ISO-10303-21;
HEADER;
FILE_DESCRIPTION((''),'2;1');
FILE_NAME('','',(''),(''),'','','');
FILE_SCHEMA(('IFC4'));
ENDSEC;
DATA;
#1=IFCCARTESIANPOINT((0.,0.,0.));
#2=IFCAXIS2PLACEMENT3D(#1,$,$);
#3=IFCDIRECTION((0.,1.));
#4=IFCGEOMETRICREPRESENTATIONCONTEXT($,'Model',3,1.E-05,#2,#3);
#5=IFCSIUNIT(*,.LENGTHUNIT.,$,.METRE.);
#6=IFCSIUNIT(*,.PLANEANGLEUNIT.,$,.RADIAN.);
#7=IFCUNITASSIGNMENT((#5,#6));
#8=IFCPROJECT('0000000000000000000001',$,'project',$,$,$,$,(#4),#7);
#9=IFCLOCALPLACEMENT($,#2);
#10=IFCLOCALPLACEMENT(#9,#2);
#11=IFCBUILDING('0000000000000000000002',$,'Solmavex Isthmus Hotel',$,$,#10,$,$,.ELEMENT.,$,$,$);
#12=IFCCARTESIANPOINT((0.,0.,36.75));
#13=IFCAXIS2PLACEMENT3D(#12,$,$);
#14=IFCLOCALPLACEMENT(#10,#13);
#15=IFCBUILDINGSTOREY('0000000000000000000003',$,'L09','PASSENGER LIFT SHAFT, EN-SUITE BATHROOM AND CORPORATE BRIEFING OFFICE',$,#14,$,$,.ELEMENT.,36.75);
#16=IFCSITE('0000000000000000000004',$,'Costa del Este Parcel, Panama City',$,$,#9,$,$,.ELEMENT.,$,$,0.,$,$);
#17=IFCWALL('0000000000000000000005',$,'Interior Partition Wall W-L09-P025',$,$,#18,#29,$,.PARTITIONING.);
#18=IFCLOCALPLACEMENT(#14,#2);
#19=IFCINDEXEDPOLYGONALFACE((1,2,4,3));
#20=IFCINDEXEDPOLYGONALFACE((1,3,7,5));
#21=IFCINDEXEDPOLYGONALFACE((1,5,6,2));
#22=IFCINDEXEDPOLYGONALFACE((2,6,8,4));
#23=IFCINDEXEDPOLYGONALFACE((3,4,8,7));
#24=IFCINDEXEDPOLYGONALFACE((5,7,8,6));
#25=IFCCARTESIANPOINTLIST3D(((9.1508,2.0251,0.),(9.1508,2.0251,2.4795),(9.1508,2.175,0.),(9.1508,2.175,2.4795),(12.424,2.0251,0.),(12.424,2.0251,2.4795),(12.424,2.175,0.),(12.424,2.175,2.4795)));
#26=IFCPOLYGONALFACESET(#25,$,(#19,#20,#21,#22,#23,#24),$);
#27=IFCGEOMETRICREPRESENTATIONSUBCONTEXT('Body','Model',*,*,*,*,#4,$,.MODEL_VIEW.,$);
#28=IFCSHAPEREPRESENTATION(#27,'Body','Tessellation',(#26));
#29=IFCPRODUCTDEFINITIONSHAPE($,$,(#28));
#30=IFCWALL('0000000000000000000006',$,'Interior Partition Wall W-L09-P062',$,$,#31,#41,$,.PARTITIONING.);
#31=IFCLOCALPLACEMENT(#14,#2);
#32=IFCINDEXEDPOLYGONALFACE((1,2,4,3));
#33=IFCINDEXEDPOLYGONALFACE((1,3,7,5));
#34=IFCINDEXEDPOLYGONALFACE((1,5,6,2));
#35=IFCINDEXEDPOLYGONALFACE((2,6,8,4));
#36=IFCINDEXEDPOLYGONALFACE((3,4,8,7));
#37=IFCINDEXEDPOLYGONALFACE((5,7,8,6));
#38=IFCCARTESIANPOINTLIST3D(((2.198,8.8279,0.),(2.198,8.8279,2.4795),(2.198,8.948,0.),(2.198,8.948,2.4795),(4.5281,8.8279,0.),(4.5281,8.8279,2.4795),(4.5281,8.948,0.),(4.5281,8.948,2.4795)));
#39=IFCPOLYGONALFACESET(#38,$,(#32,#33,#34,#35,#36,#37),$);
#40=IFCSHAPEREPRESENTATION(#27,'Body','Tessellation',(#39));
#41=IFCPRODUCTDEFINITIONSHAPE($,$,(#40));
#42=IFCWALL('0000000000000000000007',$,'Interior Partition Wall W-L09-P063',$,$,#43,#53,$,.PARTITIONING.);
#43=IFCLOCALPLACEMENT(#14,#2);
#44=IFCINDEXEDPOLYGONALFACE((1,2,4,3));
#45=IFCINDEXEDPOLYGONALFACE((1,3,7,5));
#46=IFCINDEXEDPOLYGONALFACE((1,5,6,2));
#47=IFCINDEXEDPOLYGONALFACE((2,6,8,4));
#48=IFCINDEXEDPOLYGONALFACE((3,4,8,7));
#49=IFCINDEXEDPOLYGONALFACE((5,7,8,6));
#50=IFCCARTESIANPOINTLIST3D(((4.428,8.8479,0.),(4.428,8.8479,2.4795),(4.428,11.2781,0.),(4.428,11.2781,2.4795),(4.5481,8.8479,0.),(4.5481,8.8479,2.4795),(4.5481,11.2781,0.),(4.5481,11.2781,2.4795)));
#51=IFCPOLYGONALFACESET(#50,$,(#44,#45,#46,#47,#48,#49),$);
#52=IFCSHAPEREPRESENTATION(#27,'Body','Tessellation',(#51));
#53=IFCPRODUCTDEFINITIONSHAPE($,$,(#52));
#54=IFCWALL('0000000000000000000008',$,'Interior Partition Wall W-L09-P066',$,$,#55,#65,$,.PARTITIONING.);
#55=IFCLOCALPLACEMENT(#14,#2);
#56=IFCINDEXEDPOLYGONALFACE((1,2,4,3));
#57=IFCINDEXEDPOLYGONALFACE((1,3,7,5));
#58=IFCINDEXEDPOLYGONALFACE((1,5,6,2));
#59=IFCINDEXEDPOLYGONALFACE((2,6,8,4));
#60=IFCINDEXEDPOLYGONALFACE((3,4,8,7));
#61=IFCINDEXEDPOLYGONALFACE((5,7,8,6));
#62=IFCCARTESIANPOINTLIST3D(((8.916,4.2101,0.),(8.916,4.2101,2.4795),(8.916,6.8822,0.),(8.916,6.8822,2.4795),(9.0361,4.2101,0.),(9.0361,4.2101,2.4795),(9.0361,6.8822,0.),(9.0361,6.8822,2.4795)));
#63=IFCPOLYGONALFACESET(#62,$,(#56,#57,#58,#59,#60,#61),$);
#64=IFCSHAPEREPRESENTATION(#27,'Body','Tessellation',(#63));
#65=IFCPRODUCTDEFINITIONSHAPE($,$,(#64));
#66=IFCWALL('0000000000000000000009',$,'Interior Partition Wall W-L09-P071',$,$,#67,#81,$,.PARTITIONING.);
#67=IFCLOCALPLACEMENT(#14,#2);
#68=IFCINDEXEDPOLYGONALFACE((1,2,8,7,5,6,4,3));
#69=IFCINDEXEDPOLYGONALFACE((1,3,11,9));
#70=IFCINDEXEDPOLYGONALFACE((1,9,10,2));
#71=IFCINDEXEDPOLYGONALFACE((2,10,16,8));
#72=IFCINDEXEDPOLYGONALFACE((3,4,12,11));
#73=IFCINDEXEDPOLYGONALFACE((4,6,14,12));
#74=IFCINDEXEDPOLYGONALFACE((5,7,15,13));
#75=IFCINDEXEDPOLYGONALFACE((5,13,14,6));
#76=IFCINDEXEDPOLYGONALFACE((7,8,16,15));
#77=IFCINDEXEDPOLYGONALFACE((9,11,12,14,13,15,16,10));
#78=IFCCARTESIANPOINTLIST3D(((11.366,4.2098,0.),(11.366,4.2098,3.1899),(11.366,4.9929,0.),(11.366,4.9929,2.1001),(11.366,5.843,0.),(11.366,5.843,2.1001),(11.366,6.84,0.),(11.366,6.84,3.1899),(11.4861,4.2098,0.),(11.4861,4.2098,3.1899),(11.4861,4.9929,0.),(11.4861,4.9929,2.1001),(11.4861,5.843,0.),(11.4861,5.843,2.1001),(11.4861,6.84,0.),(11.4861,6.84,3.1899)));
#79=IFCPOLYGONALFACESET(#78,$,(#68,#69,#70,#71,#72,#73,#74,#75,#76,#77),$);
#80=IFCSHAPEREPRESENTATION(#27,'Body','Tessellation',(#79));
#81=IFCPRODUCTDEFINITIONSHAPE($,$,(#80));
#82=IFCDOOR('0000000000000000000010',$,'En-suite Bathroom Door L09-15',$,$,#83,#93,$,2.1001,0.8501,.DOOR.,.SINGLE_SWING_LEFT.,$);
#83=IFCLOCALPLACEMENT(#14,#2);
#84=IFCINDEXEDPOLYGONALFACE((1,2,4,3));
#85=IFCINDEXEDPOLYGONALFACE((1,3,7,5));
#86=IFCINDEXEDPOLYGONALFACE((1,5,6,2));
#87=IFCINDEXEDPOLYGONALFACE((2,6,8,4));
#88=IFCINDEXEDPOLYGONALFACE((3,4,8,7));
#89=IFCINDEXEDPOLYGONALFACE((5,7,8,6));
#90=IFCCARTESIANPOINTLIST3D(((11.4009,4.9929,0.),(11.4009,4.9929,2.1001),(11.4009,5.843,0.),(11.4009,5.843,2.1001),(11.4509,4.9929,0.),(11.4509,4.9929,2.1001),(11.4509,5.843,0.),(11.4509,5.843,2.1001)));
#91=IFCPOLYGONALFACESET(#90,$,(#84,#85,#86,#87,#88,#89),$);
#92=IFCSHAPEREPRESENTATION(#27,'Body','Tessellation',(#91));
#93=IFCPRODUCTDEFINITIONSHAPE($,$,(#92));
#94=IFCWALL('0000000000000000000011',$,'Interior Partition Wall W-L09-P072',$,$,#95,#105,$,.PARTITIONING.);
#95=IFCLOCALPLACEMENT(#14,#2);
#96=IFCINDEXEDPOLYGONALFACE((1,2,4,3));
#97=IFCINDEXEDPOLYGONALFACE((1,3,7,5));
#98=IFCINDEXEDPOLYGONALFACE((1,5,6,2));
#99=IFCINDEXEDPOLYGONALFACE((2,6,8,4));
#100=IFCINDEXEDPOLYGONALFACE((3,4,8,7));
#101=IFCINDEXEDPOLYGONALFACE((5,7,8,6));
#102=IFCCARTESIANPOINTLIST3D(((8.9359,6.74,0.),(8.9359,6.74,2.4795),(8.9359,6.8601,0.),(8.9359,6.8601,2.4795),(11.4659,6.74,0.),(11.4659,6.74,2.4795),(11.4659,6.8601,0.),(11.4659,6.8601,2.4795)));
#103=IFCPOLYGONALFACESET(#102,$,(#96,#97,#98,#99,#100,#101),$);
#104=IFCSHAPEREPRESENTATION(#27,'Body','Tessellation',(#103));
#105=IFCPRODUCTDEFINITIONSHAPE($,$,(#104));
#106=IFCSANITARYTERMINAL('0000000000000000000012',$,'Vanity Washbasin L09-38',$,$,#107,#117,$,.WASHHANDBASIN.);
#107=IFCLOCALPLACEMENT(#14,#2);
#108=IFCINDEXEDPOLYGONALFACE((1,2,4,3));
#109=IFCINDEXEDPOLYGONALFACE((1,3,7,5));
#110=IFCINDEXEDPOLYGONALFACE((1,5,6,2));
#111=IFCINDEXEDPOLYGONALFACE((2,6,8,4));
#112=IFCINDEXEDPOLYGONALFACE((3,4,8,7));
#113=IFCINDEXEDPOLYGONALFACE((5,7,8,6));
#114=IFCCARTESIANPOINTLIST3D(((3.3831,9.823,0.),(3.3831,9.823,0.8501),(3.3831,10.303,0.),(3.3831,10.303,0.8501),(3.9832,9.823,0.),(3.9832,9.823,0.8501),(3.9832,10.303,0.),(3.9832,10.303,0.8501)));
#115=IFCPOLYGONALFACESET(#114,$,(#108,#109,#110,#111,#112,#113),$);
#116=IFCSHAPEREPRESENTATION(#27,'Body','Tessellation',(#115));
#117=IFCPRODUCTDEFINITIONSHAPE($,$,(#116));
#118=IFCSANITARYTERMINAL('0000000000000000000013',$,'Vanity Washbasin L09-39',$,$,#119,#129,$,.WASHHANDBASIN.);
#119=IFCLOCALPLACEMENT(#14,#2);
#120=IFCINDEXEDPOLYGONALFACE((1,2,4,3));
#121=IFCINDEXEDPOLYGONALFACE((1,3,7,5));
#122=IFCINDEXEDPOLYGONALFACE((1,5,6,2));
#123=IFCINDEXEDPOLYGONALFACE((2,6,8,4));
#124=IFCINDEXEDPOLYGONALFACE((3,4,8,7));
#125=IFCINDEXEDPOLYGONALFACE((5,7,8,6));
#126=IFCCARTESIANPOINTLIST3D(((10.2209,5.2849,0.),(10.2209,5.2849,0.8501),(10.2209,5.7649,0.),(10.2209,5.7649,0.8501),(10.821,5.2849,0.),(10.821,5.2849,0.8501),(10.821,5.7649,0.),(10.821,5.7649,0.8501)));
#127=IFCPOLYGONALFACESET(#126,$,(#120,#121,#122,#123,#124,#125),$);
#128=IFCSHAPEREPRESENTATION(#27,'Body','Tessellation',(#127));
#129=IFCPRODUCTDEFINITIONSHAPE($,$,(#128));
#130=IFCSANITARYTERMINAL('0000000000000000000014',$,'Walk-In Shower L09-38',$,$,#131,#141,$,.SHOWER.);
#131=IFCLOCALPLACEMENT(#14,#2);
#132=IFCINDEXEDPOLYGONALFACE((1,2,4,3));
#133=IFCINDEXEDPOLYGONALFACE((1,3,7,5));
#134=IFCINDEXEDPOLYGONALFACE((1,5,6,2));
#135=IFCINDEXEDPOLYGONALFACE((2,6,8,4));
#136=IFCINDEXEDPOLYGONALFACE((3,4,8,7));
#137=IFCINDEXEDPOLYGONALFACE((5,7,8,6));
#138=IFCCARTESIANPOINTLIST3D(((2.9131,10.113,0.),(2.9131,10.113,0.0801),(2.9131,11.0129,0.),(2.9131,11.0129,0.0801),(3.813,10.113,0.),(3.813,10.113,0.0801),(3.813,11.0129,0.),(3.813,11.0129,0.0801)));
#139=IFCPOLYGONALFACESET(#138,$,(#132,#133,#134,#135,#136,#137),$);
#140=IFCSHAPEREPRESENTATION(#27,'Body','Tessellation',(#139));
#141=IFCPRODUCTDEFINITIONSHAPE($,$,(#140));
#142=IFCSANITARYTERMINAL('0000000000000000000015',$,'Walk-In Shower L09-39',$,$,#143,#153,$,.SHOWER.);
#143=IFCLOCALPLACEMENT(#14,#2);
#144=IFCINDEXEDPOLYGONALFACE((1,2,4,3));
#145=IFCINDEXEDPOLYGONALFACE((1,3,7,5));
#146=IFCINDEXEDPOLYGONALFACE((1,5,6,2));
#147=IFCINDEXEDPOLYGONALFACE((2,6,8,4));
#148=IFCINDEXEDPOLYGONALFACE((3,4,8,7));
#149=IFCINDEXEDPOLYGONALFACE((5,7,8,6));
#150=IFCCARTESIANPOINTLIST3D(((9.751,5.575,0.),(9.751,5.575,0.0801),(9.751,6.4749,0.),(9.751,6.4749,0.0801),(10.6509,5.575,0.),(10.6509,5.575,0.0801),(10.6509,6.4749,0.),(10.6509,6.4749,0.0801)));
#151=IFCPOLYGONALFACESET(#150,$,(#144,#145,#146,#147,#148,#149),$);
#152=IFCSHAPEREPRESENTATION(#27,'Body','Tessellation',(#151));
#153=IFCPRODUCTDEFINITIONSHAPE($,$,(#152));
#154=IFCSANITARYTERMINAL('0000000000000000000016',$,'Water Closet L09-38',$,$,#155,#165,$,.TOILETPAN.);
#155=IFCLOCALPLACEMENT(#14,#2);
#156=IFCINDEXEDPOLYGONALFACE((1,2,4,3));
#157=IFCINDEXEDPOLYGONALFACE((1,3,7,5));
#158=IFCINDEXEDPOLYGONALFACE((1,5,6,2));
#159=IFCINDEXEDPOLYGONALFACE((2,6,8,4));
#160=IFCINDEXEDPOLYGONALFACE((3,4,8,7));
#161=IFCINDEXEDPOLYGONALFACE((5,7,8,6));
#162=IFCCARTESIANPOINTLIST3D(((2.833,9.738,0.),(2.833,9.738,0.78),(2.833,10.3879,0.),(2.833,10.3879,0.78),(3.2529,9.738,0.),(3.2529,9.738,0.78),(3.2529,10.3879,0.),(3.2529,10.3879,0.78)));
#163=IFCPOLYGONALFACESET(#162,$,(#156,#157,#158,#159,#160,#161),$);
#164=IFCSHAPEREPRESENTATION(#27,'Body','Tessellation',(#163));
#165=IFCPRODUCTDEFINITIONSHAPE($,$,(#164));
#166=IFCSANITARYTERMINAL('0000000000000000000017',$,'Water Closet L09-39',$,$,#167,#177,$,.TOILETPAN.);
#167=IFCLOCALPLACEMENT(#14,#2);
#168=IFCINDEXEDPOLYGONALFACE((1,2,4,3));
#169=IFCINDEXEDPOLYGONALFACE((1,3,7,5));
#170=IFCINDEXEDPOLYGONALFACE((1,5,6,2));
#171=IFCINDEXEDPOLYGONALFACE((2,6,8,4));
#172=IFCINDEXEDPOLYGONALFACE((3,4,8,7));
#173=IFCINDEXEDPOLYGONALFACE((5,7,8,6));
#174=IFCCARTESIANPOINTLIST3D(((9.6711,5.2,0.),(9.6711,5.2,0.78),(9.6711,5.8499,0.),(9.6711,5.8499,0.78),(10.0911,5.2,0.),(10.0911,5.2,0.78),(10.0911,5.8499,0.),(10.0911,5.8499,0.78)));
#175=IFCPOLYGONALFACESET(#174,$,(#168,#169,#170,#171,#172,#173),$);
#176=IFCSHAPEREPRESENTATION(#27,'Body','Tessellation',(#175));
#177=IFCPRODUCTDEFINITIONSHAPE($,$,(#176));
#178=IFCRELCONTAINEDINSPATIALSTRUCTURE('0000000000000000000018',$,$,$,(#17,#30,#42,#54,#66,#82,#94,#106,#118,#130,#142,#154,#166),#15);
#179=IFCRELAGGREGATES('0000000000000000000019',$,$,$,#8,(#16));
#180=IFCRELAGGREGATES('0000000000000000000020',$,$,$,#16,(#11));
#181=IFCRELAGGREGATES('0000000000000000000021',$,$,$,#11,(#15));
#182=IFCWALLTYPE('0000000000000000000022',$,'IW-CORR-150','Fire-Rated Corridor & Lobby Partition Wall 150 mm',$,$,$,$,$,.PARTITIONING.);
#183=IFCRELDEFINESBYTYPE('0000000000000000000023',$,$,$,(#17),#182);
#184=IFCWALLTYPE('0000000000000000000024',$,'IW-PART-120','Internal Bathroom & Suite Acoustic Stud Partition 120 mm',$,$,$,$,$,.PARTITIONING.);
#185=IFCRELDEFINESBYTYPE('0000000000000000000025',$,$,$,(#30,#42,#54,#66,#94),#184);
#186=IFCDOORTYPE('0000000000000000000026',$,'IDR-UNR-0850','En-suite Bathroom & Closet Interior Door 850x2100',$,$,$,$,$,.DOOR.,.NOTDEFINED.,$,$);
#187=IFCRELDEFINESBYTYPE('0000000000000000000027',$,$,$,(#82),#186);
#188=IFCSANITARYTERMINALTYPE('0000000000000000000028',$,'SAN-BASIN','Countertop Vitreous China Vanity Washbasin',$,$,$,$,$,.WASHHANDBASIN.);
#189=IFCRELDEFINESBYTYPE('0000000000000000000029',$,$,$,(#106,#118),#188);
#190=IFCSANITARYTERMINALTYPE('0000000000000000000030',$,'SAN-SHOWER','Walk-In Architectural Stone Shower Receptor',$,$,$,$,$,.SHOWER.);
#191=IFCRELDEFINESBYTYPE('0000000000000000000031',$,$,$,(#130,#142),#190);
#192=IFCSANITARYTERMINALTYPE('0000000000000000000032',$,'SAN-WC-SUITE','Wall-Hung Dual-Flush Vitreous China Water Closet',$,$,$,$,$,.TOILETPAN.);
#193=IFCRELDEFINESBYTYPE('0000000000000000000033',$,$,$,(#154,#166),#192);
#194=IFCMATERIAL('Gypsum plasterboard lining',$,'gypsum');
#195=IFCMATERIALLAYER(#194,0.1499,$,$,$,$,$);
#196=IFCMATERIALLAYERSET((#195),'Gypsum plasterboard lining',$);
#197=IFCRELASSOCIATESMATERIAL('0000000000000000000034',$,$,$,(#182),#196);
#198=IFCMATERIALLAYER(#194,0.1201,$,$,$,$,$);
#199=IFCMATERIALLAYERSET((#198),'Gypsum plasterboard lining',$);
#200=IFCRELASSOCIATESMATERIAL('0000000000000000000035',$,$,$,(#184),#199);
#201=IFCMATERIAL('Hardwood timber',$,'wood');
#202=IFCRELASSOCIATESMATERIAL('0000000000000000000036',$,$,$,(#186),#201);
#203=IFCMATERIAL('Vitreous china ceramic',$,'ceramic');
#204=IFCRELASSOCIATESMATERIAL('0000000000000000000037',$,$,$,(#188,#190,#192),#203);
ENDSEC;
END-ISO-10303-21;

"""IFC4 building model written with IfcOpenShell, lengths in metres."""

from ifc_helpers import new_model, si_unit, direction, frame, frame_2d, origin, origin_2d, place, context, subcontext, project, spatial, rectangle, extrude, material, layer, layer_set, type_object, element, fill, save


model = new_model("IFC4")

# Units and contexts
model_context = context("Model", 3, precision=1e-05, world=origin(), true_north=direction((0.0, 1.0)))
body_context = subcontext(model_context, "Body", "Model", "MODEL_VIEW")
ifc_project = project(units=[si_unit("LENGTHUNIT", "METRE"), si_unit("PLANEANGLEUNIT", "RADIAN")], contexts=[model_context])

# Site, building, storey
site_placement = place(None, origin())
site = spatial("IfcSite", under=ifc_project, at=site_placement, Name="Costa del Este Parcel, Panama City", CompositionType="ELEMENT", RefElevation=0.0)
building_placement = place(site_placement, origin())
building = spatial("IfcBuilding", under=site, at=building_placement, Name="Solmavex Isthmus Hotel", CompositionType="ELEMENT")
storey_placement = place(building_placement, frame((0.0, 0.0, 36.75)))
storey = spatial("IfcBuildingStorey", under=building, at=storey_placement, Name="L09", Description="PASSENGER LIFT SHAFT, EN-SUITE BATHROOM AND CORPORATE BRIEFING OFFICE", CompositionType="ELEMENT", Elevation=36.75)

# Shared definitions
ifc_material_1 = material(Name="Gypsum plasterboard lining", Category="gypsum")

# Shared definitions
ifc_material_2 = material(Name="Hardwood timber", Category="wood")

# Shared definitions
ifc_layer_1 = layer(ifc_material_1, 0.1499)
ifc_layer_set_1 = layer_set([ifc_layer_1], Name="Gypsum plasterboard lining")
wall_type_1 = type_object("IfcWallType", Name="IW-CORR-150", Description="Fire-Rated Corridor & Lobby Partition Wall 150 mm", PredefinedType="PARTITIONING", material=ifc_layer_set_1)

# Wall
wall_1_placement = place(storey_placement, frame((12.4241, 2.1001, 0.0), z_axis=(0.0, 0.0, 1.0), x_axis=(-1.0, 0.0, 0.0)))
element("IfcWall", 1, at=wall_1_placement, inside=storey, type_object=wall_type_1, Name="Interior Partition Wall W-L09-P025", PredefinedType="PARTITIONING", context=body_context, shape_type="SweptSolid", body=[
    extrude(rectangle(XDim=3.2732, YDim=0.1499, at=frame_2d((1.6367, 0.0))), origin(), (0.0, 0.0, 1.0), 2.4795),
])

# Walls
ifc_layer_2 = layer(ifc_material_1, 0.1201)
ifc_layer_set_2 = layer_set([ifc_layer_2], Name="Gypsum plasterboard lining")
wall_type_2 = type_object("IfcWallType", Name="IW-PART-120", Description="Internal Bathroom & Suite Acoustic Stud Partition 120 mm", PredefinedType="PARTITIONING", material=ifc_layer_set_2)
wall_2_placement = place(storey_placement, frame((2.198, 8.8879, 0.0), z_axis=(0.0, 0.0, 1.0), x_axis=(1.0, 0.0, 0.0)))
element("IfcWall", 2, at=wall_2_placement, inside=storey, type_object=wall_type_2, Name="Interior Partition Wall W-L09-P062", PredefinedType="PARTITIONING", context=body_context, shape_type="SweptSolid", body=[
    extrude(rectangle(XDim=2.3301, YDim=0.1201, at=frame_2d((1.165, 0.0))), origin(), (0.0, 0.0, 1.0), 2.4795),
])
wall_3_placement = place(storey_placement, frame((4.488, 8.8479, 0.0), z_axis=(0.0, 0.0, 1.0), x_axis=(0.0, 1.0, 0.0)))
element("IfcWall", 3, at=wall_3_placement, inside=storey, type_object=wall_type_2, Name="Interior Partition Wall W-L09-P063", PredefinedType="PARTITIONING", context=body_context, shape_type="SweptSolid", body=[
    extrude(rectangle(XDim=2.4302, YDim=0.1201, at=frame_2d((1.2151, 0.0))), origin(), (0.0, 0.0, 1.0), 2.4795),
])
wall_4_placement = place(storey_placement, frame((8.9761, 6.8821, 0.0), z_axis=(0.0, 0.0, 1.0), x_axis=(0.0, -1.0, 0.0)))
element("IfcWall", 4, at=wall_4_placement, inside=storey, type_object=wall_type_2, Name="Interior Partition Wall W-L09-P066", PredefinedType="PARTITIONING", context=body_context, shape_type="SweptSolid", body=[
    extrude(rectangle(XDim=2.6721, YDim=0.1201, at=frame_2d((1.3359, 0.0))), origin(), (0.0, 0.0, 1.0), 2.4795),
])

# Wall, opening, door
wall_5_placement = place(storey_placement, frame((11.426, 4.21, 0.0), z_axis=(0.0, 0.0, 1.0), x_axis=(0.0, 1.0, 0.0)))
wall_5 = element("IfcWall", 5, at=wall_5_placement, inside=storey, type_object=wall_type_2, Name="Interior Partition Wall W-L09-P071", PredefinedType="PARTITIONING", context=body_context, shape_type="SweptSolid", body=[
    extrude(rectangle(XDim=2.6301, YDim=0.1201, at=frame_2d((1.3149, 0.0))), origin(), (0.0, 0.0, 1.0), 3.1899),
])
opening_1_placement = place(wall_5_placement, frame((0.783, 0.0, 0.0)))
opening_1 = element("IfcOpeningElement", 6, at=opening_1_placement, cuts=wall_5, PredefinedType="OPENING", context=body_context, shape_type="SweptSolid", body=[
    extrude(rectangle(XDim=0.8501, YDim=2.1001, at=frame_2d((0.425, 1.05))), frame((0.0, 0.0701, 0.0), z_axis=(0.0, -1.0, 0.0), x_axis=(1.0, 0.0, 0.0)), (0.0, 0.0, 1.0), 0.1401),
])
door_type_1 = type_object("IfcDoorType", Name="IDR-UNR-0850", Description="En-suite Bathroom & Closet Interior Door 850x2100", OperationType="NOTDEFINED", PredefinedType="DOOR", material=ifc_material_2)
door_1_placement = place(opening_1_placement, frame((0.8501, 0.0, 0.0), z_axis=(0.0, 0.0, 1.0), x_axis=(-1.0, 0.0, 0.0)))
door_1 = element("IfcDoor", 7, at=door_1_placement, inside=storey, type_object=door_type_1, Name="En-suite Bathroom Door L09-15", OperationType="SINGLE_SWING_LEFT", OverallHeight=2.1001, OverallWidth=0.8501, PredefinedType="DOOR", context=body_context, shape_type="SweptSolid", body=[
    extrude(rectangle(XDim=0.8501, YDim=2.1001, at=frame_2d((0.425, 1.05))), frame((0.0, 0.0249, 0.0), z_axis=(0.0, -1.0, 0.0), x_axis=(1.0, 0.0, 0.0)), (0.0, 0.0, 1.0), 0.05),
])
fill(opening_1, door_1)

# Wall
wall_6_placement = place(storey_placement, frame((11.4661, 6.8, 0.0), z_axis=(0.0, 0.0, 1.0), x_axis=(-1.0, 0.0, 0.0)))
element("IfcWall", 8, at=wall_6_placement, inside=storey, type_object=wall_type_2, Name="Interior Partition Wall W-L09-P072", PredefinedType="PARTITIONING", context=body_context, shape_type="SweptSolid", body=[
    extrude(rectangle(XDim=2.53, YDim=0.1201, at=frame_2d((1.2651, 0.0))), origin(), (0.0, 0.0, 1.0), 2.4795),
])

# Sanitary terminals
ifc_material_3 = material(Name="Vitreous china ceramic", Category="ceramic")
sanitary_terminal_type_1 = type_object("IfcSanitaryTerminalType", Name="SAN-BASIN", Description="Countertop Vitreous China Vanity Washbasin", PredefinedType="WASHHANDBASIN", material=ifc_material_3)
for number, where, z_axis, x_axis, name in (
    (9, (3.6831, 10.063, 0.0), (0.0, 0.0, 1.0), (1.0, 0.0, 0.0), "Vanity Washbasin L09-38"),
    (10, (10.521, 5.5249, 0.0), (0.0, 0.0, 1.0), (1.0, 0.0, 0.0), "Vanity Washbasin L09-39"),
):
    element("IfcSanitaryTerminal", number, at=place(storey_placement, frame(where, z_axis=z_axis, x_axis=x_axis)), inside=storey, type_object=sanitary_terminal_type_1, Name=name, PredefinedType="WASHHANDBASIN", context=body_context, shape_type="SweptSolid", body=[
        extrude(rectangle(XDim=0.6001, YDim=0.48, at=origin_2d()), origin(), (0.0, 0.0, 1.0), 0.8501),
    ])
sanitary_terminal_type_2 = type_object("IfcSanitaryTerminalType", Name="SAN-SHOWER", Description="Walk-In Architectural Stone Shower Receptor", PredefinedType="SHOWER", material=ifc_material_3)
for number, where, z_axis, x_axis, name in (
    (11, (3.363, 10.563, 0.0), (0.0, 0.0, 1.0), (1.0, 0.0, 0.0), "Walk-In Shower L09-38"),
    (12, (10.2009, 6.0249, 0.0), (0.0, 0.0, 1.0), (1.0, 0.0, 0.0), "Walk-In Shower L09-39"),
):
    element("IfcSanitaryTerminal", number, at=place(storey_placement, frame(where, z_axis=z_axis, x_axis=x_axis)), inside=storey, type_object=sanitary_terminal_type_2, Name=name, PredefinedType="SHOWER", context=body_context, shape_type="SweptSolid", body=[
        extrude(rectangle(XDim=0.8999, YDim=0.8999, at=origin_2d()), origin(), (0.0, 0.0, 1.0), 0.0801),
    ])
sanitary_terminal_type_3 = type_object("IfcSanitaryTerminalType", Name="SAN-WC-SUITE", Description="Wall-Hung Dual-Flush Vitreous China Water Closet", PredefinedType="TOILETPAN", material=ifc_material_3)
for number, where, z_axis, x_axis, name in (
    (13, (3.043, 10.063, 0.0), (0.0, 0.0, 1.0), (1.0, 0.0, 0.0), "Water Closet L09-38"),
    (14, (9.8811, 5.5249, 0.0), (0.0, 0.0, 1.0), (1.0, 0.0, 0.0), "Water Closet L09-39"),
):
    element("IfcSanitaryTerminal", number, at=place(storey_placement, frame(where, z_axis=z_axis, x_axis=x_axis)), inside=storey, type_object=sanitary_terminal_type_3, Name=name, PredefinedType="TOILETPAN", context=body_context, shape_type="SweptSolid", body=[
        extrude(rectangle(XDim=0.4199, YDim=0.6499, at=origin_2d()), origin(), (0.0, 0.0, 1.0), 0.78),
    ])

save(model, "model.ifc")
